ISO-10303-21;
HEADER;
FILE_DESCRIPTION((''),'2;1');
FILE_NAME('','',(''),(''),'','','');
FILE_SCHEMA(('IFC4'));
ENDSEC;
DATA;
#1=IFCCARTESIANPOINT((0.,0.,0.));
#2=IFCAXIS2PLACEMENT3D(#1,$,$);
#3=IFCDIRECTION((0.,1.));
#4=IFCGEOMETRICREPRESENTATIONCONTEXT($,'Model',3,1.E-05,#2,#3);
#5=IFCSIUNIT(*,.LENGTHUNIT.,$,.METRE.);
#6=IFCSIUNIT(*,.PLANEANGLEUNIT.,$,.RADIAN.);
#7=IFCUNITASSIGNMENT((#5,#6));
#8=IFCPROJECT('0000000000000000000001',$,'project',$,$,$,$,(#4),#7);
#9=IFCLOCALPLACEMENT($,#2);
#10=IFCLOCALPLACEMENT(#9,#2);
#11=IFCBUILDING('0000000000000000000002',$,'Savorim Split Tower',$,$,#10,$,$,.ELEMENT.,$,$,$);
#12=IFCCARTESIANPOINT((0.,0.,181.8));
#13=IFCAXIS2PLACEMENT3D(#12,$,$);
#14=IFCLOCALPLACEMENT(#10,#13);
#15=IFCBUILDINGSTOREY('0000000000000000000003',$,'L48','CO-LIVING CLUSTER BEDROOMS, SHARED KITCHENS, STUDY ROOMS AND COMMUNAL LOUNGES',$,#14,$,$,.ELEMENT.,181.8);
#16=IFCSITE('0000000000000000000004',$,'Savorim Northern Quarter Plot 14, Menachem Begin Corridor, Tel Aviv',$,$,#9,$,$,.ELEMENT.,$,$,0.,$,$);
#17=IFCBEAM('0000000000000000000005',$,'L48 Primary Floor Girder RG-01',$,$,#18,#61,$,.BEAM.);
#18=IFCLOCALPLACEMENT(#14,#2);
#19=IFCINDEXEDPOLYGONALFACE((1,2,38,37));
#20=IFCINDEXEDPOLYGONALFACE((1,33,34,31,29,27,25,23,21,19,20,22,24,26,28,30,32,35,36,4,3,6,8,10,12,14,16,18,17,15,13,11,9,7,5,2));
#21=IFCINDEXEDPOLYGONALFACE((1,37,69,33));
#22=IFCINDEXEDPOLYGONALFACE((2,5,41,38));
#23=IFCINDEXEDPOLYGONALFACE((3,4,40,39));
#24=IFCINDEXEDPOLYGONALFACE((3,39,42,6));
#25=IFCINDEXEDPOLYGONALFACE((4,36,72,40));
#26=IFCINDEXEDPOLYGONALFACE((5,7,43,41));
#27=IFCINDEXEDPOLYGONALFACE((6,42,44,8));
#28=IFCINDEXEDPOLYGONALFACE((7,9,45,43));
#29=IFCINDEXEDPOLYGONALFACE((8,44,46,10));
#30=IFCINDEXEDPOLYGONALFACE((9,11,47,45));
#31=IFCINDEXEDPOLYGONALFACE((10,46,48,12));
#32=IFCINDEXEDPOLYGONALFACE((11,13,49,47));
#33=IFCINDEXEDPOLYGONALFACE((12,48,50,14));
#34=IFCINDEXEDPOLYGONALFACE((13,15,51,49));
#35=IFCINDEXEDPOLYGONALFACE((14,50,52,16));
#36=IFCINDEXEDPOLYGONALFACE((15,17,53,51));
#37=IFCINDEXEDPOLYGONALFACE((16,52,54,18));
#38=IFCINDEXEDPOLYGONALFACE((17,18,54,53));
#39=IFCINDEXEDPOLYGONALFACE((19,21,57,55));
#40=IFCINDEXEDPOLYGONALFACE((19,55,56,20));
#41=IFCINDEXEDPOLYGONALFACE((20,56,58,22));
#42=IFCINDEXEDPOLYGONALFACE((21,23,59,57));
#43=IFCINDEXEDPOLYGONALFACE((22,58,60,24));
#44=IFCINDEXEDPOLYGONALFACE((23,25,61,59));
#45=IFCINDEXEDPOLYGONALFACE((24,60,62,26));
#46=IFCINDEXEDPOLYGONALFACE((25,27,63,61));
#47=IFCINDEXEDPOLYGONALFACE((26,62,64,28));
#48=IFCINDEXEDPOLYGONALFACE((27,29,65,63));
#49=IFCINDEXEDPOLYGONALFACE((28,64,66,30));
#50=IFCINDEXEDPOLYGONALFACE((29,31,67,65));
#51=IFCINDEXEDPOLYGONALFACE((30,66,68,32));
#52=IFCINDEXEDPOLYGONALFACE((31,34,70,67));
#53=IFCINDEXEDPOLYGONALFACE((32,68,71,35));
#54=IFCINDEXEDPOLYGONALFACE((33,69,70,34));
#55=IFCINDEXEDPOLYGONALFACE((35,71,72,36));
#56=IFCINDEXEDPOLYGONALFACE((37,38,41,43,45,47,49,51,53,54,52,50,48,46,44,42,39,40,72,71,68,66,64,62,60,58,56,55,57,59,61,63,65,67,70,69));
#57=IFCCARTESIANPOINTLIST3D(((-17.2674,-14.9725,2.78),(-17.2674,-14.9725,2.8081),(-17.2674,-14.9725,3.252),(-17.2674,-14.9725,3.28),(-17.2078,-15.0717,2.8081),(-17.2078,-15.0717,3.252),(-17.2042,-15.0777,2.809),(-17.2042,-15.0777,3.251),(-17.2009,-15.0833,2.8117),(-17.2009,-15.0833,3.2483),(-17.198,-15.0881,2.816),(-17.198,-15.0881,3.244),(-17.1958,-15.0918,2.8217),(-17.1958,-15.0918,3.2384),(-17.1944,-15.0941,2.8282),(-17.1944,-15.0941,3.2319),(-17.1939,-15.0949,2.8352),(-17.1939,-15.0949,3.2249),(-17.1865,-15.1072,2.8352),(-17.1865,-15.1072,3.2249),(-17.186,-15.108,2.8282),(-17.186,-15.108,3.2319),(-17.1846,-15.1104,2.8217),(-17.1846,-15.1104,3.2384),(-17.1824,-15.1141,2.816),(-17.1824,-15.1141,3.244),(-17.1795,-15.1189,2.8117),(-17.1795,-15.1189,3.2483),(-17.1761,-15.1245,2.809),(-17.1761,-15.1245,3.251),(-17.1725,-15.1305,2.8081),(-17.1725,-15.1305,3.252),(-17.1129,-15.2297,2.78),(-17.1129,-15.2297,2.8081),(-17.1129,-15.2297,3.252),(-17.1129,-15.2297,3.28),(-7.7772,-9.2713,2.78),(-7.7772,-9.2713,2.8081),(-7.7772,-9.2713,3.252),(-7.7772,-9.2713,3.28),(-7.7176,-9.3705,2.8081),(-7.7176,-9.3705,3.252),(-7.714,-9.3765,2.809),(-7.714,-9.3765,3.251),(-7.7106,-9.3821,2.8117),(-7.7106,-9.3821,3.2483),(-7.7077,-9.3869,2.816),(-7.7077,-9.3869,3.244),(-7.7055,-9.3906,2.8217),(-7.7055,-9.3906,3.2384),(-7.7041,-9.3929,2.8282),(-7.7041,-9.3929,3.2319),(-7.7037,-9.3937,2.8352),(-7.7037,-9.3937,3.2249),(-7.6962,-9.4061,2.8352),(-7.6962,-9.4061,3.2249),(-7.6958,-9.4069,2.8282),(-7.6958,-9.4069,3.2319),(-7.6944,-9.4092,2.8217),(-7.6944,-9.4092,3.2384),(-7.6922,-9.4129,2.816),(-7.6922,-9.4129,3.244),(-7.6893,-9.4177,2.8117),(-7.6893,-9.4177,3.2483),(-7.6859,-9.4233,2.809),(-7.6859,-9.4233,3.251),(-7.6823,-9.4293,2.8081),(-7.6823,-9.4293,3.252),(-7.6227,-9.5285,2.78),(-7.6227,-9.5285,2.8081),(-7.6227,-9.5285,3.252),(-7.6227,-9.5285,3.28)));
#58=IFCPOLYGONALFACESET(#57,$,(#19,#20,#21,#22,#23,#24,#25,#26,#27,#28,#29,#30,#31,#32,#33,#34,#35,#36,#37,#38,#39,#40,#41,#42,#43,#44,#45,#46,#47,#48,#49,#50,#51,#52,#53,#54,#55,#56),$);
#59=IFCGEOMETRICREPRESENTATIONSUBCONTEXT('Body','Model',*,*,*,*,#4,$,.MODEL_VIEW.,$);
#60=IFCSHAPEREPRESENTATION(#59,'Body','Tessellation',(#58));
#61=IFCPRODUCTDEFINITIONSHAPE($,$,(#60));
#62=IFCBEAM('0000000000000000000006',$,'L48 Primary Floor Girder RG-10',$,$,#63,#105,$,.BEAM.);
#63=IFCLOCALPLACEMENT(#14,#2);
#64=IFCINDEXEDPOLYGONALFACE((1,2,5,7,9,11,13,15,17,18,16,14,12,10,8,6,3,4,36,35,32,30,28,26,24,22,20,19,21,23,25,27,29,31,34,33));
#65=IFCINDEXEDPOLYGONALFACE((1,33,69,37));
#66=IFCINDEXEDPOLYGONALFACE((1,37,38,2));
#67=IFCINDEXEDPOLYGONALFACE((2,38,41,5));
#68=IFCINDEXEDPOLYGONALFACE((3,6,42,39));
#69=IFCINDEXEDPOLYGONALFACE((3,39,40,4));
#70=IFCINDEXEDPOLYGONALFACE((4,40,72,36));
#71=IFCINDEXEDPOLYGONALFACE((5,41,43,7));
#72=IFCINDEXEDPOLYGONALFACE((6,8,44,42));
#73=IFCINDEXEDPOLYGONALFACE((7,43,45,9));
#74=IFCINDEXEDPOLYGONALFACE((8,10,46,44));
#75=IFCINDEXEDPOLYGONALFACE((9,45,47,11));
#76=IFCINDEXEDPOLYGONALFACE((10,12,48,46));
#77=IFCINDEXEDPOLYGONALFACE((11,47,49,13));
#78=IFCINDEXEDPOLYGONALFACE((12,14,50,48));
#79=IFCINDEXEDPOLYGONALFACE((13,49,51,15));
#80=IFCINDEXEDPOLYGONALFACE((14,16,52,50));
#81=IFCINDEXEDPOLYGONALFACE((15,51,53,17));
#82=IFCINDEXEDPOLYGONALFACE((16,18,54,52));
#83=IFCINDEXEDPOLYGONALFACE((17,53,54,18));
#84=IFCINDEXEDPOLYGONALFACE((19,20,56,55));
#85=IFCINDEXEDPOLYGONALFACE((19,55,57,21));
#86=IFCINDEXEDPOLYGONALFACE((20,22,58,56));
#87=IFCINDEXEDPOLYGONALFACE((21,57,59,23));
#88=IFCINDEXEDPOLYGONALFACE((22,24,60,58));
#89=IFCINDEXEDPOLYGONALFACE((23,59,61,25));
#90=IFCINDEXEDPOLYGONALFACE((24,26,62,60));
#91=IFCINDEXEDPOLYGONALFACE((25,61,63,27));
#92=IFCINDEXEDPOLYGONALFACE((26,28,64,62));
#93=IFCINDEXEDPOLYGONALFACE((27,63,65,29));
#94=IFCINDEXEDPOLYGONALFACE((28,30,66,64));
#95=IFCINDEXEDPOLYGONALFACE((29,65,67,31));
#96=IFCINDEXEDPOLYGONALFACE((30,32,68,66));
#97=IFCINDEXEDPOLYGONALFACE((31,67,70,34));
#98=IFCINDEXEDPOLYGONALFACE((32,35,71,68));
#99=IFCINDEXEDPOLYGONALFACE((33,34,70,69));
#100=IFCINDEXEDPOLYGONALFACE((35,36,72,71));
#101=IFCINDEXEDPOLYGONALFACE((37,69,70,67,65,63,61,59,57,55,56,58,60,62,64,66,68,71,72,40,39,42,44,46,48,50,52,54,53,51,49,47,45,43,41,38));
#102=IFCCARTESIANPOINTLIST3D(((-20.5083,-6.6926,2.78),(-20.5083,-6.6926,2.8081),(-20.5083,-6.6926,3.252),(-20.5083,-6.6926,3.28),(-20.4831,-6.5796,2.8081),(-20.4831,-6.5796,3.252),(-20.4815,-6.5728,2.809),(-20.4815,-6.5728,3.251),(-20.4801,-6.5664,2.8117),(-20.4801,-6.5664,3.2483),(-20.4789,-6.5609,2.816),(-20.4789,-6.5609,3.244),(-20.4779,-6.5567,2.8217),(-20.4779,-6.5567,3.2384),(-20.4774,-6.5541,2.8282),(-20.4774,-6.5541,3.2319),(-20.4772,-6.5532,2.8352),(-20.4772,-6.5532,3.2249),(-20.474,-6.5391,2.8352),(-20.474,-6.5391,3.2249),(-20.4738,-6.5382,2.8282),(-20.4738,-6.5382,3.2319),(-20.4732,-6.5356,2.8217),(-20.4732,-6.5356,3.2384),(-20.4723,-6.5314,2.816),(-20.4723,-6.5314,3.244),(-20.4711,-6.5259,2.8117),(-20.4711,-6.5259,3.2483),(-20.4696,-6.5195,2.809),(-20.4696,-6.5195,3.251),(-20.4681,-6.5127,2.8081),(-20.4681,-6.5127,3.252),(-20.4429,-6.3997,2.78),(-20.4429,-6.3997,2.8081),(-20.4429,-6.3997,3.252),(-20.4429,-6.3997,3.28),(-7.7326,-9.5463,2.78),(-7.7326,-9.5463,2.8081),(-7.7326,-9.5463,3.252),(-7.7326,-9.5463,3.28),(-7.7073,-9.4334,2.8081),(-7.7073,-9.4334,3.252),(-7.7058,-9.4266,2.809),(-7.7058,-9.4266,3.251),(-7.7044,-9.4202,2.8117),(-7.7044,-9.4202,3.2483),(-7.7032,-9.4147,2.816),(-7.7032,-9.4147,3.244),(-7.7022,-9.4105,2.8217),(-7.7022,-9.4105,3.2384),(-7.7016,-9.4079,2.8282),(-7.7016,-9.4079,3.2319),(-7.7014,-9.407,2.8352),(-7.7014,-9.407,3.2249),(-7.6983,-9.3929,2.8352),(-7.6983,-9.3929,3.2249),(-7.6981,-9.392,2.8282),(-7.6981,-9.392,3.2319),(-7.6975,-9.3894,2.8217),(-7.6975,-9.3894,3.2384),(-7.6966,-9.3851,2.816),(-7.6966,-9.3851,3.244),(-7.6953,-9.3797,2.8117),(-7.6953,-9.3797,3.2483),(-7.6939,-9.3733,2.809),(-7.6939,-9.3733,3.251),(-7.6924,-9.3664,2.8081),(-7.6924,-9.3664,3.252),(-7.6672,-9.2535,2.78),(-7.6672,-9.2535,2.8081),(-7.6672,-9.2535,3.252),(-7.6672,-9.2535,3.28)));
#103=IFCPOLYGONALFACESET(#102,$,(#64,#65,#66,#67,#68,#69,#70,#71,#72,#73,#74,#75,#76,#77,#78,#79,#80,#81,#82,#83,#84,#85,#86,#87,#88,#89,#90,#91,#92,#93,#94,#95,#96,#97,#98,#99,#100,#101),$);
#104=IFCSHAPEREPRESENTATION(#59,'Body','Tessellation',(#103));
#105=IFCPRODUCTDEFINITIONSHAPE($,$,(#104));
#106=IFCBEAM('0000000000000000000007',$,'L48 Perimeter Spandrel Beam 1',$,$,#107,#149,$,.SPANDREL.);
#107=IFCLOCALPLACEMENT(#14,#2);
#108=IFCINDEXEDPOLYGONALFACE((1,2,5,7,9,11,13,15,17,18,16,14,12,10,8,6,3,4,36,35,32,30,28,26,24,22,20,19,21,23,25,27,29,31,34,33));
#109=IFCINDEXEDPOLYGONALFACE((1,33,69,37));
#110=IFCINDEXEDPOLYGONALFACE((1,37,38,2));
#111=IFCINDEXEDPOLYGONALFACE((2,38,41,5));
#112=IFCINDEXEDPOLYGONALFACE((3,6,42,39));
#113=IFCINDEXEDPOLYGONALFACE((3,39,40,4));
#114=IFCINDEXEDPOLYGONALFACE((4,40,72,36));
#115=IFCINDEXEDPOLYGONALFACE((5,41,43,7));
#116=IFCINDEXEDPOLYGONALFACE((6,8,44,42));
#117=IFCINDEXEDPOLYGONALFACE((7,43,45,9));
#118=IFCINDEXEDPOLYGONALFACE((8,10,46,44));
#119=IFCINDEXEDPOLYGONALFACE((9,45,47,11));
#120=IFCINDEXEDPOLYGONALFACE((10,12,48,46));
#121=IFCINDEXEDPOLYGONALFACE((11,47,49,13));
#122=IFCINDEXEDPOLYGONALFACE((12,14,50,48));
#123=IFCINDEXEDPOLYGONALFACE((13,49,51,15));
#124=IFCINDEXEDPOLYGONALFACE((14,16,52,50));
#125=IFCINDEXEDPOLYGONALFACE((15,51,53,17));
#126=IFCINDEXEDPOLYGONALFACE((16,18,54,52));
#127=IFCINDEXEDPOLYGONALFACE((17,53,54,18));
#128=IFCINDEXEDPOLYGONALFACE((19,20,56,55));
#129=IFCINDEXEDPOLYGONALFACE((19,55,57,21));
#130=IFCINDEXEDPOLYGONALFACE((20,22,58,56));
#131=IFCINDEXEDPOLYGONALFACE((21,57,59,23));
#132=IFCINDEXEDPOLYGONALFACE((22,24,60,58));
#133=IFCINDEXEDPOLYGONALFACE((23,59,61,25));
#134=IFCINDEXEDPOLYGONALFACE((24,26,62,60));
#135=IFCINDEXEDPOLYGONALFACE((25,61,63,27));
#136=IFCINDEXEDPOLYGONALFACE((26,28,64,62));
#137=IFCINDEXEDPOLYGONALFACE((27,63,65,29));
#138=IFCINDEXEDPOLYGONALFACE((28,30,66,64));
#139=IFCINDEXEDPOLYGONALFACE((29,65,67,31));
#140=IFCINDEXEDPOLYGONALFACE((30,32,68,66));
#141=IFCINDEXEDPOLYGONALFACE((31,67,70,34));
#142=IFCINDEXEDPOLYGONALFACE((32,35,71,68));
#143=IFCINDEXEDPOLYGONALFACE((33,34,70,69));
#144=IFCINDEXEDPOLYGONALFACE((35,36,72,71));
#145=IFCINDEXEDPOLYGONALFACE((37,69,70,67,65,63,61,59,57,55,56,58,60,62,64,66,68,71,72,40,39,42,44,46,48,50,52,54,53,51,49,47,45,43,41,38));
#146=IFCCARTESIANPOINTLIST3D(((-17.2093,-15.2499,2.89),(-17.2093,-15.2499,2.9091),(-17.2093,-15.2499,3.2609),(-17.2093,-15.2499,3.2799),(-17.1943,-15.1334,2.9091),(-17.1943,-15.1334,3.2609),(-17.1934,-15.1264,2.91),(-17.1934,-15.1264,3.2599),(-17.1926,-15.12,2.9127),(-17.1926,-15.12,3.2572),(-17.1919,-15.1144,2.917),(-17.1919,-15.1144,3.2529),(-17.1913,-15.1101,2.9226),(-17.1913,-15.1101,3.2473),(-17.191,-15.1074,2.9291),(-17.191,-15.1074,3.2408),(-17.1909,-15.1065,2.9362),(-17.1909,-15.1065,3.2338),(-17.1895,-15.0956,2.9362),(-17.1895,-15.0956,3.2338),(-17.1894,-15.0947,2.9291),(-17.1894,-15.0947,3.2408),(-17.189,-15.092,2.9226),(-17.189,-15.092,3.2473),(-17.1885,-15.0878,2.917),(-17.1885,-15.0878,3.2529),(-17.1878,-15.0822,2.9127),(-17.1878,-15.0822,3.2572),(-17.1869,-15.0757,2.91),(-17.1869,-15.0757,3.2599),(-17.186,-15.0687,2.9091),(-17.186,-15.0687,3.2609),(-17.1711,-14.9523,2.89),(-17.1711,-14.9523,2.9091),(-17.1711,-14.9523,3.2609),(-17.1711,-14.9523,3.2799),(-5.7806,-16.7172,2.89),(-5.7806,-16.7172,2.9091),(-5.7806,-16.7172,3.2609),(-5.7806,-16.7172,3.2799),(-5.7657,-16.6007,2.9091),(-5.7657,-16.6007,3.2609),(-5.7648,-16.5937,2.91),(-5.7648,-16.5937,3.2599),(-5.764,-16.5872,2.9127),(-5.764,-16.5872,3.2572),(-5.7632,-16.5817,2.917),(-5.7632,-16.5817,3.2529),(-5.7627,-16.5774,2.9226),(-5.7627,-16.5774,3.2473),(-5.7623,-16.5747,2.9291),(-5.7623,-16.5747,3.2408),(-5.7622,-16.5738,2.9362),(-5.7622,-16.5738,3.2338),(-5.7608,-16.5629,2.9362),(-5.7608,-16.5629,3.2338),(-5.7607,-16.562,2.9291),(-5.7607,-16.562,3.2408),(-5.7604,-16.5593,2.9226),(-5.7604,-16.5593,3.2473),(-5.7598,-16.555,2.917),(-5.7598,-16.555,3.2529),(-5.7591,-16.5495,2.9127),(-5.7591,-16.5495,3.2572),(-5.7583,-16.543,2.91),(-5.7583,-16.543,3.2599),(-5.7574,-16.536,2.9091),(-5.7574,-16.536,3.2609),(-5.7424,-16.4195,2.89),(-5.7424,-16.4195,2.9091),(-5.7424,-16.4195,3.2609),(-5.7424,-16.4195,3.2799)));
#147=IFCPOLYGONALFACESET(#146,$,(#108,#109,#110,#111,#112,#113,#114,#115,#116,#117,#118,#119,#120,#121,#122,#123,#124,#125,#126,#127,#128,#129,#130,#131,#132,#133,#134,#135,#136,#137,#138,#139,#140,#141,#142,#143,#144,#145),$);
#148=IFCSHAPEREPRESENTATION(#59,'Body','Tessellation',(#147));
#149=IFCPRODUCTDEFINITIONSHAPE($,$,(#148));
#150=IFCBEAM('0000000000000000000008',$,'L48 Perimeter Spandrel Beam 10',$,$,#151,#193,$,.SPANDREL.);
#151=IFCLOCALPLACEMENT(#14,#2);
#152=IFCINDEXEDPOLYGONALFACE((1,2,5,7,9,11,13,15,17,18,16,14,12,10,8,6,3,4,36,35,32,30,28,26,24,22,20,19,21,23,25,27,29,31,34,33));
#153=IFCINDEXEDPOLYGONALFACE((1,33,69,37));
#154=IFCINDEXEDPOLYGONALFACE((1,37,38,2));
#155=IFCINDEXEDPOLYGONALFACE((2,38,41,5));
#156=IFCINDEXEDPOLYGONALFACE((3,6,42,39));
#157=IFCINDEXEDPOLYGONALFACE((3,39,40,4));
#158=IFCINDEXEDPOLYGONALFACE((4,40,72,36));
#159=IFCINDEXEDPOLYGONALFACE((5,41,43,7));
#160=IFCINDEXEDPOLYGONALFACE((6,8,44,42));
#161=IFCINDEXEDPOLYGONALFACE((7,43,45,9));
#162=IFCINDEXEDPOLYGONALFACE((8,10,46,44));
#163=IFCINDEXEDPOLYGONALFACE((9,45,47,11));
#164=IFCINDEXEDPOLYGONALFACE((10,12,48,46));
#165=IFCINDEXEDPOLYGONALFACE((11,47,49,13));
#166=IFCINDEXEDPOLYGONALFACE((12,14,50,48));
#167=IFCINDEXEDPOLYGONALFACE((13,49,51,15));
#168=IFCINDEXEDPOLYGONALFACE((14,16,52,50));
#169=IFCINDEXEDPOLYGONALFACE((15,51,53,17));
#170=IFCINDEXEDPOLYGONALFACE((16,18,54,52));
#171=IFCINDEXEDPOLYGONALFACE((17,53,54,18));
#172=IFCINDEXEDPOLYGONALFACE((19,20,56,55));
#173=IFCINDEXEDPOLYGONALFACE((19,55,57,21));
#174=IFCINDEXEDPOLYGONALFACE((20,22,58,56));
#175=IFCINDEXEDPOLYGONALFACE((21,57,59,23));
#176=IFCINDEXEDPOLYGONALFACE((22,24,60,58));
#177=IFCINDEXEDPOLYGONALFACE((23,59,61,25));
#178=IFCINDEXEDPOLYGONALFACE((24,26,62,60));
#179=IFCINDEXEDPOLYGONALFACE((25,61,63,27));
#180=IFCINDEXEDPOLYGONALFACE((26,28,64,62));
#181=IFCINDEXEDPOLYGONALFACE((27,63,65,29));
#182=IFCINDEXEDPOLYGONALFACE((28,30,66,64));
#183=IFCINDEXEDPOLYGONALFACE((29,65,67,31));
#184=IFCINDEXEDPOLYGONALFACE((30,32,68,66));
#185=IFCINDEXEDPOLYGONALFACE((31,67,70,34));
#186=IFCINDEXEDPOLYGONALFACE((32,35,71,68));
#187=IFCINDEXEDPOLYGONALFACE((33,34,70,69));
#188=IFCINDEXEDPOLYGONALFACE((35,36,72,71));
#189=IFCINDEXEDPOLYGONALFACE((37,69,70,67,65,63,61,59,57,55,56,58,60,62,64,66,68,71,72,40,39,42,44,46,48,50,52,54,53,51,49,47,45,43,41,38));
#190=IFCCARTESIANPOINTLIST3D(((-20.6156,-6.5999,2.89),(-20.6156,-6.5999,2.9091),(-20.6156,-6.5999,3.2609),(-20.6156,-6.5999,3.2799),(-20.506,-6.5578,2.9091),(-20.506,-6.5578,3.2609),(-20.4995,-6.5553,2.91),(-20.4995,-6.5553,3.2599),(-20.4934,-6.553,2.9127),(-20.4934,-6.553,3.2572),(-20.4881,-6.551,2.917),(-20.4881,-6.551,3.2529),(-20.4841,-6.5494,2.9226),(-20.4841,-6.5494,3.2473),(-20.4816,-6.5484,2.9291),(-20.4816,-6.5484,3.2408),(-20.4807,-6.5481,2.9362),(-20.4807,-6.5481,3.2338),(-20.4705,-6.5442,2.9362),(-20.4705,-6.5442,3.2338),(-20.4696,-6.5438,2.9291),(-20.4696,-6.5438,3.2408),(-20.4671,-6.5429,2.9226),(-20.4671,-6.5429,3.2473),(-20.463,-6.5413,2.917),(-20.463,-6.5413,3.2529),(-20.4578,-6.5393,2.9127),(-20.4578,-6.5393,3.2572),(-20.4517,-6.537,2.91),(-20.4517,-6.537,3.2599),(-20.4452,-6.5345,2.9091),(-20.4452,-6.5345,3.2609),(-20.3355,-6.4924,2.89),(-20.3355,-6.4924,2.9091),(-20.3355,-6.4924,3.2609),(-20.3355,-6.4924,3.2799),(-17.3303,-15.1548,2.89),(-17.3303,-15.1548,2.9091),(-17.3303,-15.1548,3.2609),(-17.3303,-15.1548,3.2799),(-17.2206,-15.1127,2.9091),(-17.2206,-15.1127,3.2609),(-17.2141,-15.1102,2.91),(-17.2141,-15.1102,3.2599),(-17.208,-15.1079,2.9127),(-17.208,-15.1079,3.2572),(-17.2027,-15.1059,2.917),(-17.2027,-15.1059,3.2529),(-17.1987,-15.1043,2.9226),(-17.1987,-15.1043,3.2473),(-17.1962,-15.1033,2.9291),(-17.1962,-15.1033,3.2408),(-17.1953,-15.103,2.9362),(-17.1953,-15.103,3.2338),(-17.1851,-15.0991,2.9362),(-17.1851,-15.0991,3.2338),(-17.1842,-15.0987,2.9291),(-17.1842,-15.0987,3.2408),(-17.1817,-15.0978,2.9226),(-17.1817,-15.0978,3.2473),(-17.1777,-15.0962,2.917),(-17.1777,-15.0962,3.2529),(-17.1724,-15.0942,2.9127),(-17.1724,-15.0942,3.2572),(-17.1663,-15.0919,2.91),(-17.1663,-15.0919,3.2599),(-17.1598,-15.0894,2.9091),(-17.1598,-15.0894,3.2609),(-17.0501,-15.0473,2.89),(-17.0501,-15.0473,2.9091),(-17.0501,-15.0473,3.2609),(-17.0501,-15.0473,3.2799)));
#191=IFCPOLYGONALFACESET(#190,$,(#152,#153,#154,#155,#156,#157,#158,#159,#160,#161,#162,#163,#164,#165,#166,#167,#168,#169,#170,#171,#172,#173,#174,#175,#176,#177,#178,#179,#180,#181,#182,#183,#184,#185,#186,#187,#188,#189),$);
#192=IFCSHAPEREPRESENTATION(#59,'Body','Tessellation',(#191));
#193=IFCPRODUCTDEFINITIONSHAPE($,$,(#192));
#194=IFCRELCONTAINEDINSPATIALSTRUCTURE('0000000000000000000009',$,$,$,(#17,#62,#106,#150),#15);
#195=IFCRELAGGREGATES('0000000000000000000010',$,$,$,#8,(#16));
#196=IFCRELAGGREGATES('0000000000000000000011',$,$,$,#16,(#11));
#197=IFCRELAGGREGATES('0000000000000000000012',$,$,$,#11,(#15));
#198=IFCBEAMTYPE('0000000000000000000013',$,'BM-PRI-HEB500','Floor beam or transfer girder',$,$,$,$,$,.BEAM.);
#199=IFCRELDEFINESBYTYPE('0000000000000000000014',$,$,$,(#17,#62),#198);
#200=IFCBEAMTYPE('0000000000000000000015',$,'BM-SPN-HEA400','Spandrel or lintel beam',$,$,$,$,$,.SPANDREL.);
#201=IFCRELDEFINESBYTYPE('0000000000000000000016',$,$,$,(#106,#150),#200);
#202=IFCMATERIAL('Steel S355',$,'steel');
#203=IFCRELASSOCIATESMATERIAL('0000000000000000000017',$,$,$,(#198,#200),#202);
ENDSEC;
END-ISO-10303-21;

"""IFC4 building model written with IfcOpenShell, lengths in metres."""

from ifc_helpers import new_model, si_unit, direction, frame, origin, origin_2d, place, context, subcontext, project, spatial, i_section, extrude, material, material_profile, profile_set, type_object, element, save


model = new_model("IFC4")

# Units and contexts
model_context = context("Model", 3, precision=1e-05, world=origin(), true_north=direction((0.0, 1.0)))
body_context = subcontext(model_context, "Body", "Model", "MODEL_VIEW")
ifc_project = project(units=[si_unit("LENGTHUNIT", "METRE"), si_unit("PLANEANGLEUNIT", "RADIAN")], contexts=[model_context])

# Site, building, storey
site_placement = place(None, origin())
site = spatial("IfcSite", under=ifc_project, at=site_placement, Name="Savorim Northern Quarter Plot 14, Menachem Begin Corridor, Tel Aviv", CompositionType="ELEMENT", RefElevation=0.0)
building_placement = place(site_placement, origin())
building = spatial("IfcBuilding", under=site, at=building_placement, Name="Savorim Split Tower", CompositionType="ELEMENT")
storey_placement = place(building_placement, frame((0.0, 0.0, 181.8)))
storey = spatial("IfcBuildingStorey", under=building, at=storey_placement, Name="L48", Description="CO-LIVING CLUSTER BEDROOMS, SHARED KITCHENS, STUDY ROOMS AND COMMUNAL LOUNGES", CompositionType="ELEMENT", Elevation=181.8)

# Beams
ifc_material_1 = material(Name="Steel S355", Category="steel")
ifc_material_profile_1 = material_profile(ifc_material_1, i_section(OverallWidth=0.3, OverallDepth=0.5, WebThickness=0.0144, FlangeThickness=0.0281, FilletRadius=0.0271, at=origin_2d()), Name="HEB 500")
ifc_profile_set_1 = profile_set([ifc_material_profile_1], Name="Steel S355")
beam_type_1 = type_object("IfcBeamType", Name="BM-PRI-HEB500", Description="Floor beam or transfer girder", PredefinedType="BEAM", material=ifc_profile_set_1)
beam_1_placement = place(storey_placement, frame((-17.1902, -15.1011, 3.03), z_axis=(0.857213, 0.514963, 0.0), x_axis=(-0.514963, 0.857213, 0.0)))
element("IfcBeam", 1, at=beam_1_placement, inside=storey, type_object=beam_type_1, Name="L48 Primary Floor Girder RG-01", PredefinedType="BEAM", context=body_context, shape_type="SweptSolid", body=[
    extrude(i_section(OverallWidth=0.3, OverallDepth=0.5, WebThickness=0.0144, FlangeThickness=0.0281, FilletRadius=0.0271, at=origin_2d()), origin(), (0.0, 0.0, 1.0), 11.071),
])
beam_2_placement = place(storey_placement, frame((-20.4756, -6.5461, 3.03), z_axis=(0.975948, -0.218003, 0.0), x_axis=(0.218003, 0.975948, 0.0)))
element("IfcBeam", 2, at=beam_2_placement, inside=storey, type_object=beam_type_1, Name="L48 Primary Floor Girder RG-10", PredefinedType="BEAM", context=body_context, shape_type="SweptSolid", body=[
    extrude(i_section(OverallWidth=0.3, OverallDepth=0.5, WebThickness=0.0144, FlangeThickness=0.0281, FilletRadius=0.0271, at=origin_2d()), origin(), (0.0, 0.0, 1.0), 13.0906),
])
ifc_material_profile_2 = material_profile(ifc_material_1, i_section(OverallWidth=0.3, OverallDepth=0.3899, WebThickness=0.011, FlangeThickness=0.019, FilletRadius=0.0271, at=origin_2d()), Name="HEA 400")
ifc_profile_set_2 = profile_set([ifc_material_profile_2], Name="Steel S355")
beam_type_2 = type_object("IfcBeamType", Name="BM-SPN-HEA400", Description="Spandrel or lintel beam", PredefinedType="SPANDREL", material=ifc_profile_set_2)
beam_3_placement = place(storey_placement, frame((-17.1902, -15.1011, 3.085), z_axis=(0.991859, -0.127341, 0.0), x_axis=(0.127341, 0.991859, 0.0)))
element("IfcBeam", 3, at=beam_3_placement, inside=storey, type_object=beam_type_2, Name="L48 Perimeter Spandrel Beam 1", PredefinedType="SPANDREL", context=body_context, shape_type="SweptSolid", body=[
    extrude(i_section(OverallWidth=0.3, OverallDepth=0.3899, WebThickness=0.011, FlangeThickness=0.019, FilletRadius=0.0271, at=origin_2d()), origin(), (0.0, 0.0, 1.0), 11.5225),
])
beam_4_placement = place(storey_placement, frame((-20.4756, -6.5461, 3.085), z_axis=(0.358508, -0.933527, 0.0), x_axis=(0.933527, 0.358508, 0.0)))
element("IfcBeam", 4, at=beam_4_placement, inside=storey, type_object=beam_type_2, Name="L48 Perimeter Spandrel Beam 10", PredefinedType="SPANDREL", context=body_context, shape_type="SweptSolid", body=[
    extrude(i_section(OverallWidth=0.3, OverallDepth=0.3899, WebThickness=0.011, FlangeThickness=0.019, FilletRadius=0.0271, at=origin_2d()), origin(), (0.0, 0.0, 1.0), 9.1641),
])

save(model, "model.ifc")
